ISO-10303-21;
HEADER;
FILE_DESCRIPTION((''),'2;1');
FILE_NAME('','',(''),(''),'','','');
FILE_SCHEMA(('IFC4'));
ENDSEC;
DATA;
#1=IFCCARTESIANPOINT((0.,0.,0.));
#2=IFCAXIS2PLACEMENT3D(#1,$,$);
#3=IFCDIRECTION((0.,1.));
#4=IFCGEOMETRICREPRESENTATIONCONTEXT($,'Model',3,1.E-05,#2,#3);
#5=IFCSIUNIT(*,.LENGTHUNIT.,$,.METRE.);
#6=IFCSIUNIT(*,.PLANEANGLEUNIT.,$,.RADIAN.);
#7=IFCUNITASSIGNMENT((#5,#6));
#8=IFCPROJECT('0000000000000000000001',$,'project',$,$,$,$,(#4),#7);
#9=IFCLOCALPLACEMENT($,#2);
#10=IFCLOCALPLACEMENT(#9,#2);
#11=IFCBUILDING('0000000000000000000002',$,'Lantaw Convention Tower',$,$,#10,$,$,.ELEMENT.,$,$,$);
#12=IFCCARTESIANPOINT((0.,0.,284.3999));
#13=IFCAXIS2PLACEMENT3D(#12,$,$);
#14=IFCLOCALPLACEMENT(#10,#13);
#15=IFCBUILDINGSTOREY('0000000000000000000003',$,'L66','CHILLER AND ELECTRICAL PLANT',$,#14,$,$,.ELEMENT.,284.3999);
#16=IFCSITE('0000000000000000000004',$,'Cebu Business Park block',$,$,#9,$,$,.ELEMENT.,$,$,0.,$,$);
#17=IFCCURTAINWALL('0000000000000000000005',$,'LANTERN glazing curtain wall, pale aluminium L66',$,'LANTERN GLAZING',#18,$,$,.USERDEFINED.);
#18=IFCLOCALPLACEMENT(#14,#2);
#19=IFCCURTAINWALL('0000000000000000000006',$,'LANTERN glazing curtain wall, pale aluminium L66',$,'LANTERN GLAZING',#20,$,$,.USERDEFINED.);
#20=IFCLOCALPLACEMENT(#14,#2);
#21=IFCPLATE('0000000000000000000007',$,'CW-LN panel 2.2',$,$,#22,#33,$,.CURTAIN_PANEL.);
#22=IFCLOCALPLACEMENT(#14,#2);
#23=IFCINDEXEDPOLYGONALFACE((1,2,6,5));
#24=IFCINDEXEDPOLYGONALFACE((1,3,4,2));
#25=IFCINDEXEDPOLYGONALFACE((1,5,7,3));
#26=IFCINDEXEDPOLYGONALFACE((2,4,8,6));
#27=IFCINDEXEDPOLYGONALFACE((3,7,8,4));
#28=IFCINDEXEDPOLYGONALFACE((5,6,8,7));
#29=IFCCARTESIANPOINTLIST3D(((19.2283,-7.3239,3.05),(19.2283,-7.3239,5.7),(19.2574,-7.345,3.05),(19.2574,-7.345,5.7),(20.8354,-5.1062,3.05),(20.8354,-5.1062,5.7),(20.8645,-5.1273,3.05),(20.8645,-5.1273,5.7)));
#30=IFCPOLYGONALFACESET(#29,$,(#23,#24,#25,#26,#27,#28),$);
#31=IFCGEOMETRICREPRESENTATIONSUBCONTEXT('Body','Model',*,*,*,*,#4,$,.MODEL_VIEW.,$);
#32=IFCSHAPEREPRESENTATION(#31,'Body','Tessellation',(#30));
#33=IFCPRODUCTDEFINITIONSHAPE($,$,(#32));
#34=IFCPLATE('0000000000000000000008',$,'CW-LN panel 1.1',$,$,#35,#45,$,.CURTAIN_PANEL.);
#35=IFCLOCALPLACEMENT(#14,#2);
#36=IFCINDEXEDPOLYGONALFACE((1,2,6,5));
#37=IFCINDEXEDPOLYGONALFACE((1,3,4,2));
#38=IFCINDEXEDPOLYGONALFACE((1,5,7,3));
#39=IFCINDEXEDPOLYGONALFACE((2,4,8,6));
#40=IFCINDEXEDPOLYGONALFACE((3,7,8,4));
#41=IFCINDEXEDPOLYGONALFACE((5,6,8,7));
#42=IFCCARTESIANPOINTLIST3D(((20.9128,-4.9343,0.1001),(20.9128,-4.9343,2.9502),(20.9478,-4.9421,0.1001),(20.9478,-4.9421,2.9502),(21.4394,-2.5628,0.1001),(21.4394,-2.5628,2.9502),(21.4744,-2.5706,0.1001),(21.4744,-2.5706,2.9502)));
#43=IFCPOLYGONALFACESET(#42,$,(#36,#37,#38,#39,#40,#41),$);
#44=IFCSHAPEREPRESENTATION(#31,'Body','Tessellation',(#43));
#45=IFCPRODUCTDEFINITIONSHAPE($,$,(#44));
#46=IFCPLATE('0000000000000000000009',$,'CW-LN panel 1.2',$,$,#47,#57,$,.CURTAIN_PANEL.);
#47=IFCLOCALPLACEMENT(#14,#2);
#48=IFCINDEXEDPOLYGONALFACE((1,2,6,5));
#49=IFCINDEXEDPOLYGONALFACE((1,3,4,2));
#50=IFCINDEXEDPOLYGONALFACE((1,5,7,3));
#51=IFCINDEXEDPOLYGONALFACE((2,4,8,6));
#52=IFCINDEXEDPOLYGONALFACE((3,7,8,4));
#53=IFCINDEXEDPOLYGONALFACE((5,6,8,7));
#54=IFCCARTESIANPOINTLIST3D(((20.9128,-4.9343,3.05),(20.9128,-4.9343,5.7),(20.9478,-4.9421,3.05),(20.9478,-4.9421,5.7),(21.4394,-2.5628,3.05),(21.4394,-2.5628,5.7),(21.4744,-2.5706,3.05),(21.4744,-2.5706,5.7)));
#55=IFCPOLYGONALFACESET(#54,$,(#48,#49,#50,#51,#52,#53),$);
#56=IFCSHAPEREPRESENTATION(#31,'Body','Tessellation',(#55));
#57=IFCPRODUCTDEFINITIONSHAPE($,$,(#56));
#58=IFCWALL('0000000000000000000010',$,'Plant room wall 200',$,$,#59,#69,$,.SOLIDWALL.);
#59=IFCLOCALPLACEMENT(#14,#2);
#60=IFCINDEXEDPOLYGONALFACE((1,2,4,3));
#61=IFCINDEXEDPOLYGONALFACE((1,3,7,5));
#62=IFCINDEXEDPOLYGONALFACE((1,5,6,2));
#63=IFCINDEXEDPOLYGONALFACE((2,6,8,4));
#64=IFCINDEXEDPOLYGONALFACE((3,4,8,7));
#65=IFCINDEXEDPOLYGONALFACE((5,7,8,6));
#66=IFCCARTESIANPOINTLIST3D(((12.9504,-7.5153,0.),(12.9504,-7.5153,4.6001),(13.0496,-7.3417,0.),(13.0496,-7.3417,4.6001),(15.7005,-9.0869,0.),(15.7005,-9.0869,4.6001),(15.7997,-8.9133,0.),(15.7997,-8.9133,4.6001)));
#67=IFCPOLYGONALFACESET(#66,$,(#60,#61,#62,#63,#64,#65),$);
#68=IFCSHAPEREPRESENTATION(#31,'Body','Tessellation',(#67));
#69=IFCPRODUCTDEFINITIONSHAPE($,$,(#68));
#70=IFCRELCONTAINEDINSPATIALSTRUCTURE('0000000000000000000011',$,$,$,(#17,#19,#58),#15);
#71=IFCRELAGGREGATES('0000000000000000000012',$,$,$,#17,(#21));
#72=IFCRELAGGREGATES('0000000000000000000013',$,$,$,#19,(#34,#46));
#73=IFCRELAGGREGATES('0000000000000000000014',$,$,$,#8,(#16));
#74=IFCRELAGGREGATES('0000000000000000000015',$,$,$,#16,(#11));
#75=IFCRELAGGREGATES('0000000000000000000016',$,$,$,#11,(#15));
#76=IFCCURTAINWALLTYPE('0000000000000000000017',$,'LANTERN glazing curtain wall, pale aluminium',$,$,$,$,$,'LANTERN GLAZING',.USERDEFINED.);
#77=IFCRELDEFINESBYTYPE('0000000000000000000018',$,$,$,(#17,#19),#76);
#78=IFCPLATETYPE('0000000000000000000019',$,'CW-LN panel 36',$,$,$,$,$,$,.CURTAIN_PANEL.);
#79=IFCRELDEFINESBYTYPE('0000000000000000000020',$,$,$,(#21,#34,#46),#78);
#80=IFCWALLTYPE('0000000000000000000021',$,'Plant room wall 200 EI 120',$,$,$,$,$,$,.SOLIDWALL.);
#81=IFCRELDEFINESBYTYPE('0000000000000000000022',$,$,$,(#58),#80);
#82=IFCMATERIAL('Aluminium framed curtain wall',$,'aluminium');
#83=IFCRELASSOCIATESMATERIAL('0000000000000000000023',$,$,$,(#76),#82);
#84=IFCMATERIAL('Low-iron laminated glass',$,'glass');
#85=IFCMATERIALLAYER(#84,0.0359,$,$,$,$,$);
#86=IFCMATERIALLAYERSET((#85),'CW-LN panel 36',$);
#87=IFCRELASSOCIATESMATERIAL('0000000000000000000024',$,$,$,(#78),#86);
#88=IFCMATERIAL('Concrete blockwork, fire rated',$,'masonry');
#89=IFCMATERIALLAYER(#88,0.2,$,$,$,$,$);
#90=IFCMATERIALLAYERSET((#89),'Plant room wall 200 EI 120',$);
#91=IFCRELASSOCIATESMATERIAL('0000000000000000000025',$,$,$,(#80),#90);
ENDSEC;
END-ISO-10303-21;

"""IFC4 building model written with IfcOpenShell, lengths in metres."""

from ifc_helpers import new_model, si_unit, direction, frame, frame_2d, origin, origin_2d, place, context, subcontext, project, spatial, rectangle, extrude, material, layer, layer_set, type_object, element, aggregate, save


model = new_model("IFC4")

# Units and contexts
model_context = context("Model", 3, precision=1e-05, world=origin(), true_north=direction((0.0, 1.0)))
body_context = subcontext(model_context, "Body", "Model", "MODEL_VIEW")
ifc_project = project(units=[si_unit("LENGTHUNIT", "METRE"), si_unit("PLANEANGLEUNIT", "RADIAN")], contexts=[model_context])

# Site, building, storey
site_placement = place(None, origin())
site = spatial("IfcSite", under=ifc_project, at=site_placement, Name="Cebu Business Park block", CompositionType="ELEMENT", RefElevation=0.0)
building_placement = place(site_placement, origin())
building = spatial("IfcBuilding", under=site, at=building_placement, Name="Lantaw Convention Tower", CompositionType="ELEMENT")
storey_placement = place(building_placement, frame((0.0, 0.0, 284.3999)))
storey = spatial("IfcBuildingStorey", under=building, at=storey_placement, Name="L66", Description="CHILLER AND ELECTRICAL PLANT", CompositionType="ELEMENT", Elevation=284.3999)

# Curtain walls
ifc_material_1 = material(Name="Aluminium framed curtain wall", Category="aluminium")
curtain_wall_type = type_object("IfcCurtainWallType", Name="LANTERN glazing curtain wall, pale aluminium", ElementType="LANTERN GLAZING", PredefinedType="USERDEFINED", material=ifc_material_1)
curtain_wall_1_placement = place(storey_placement, origin())
curtain_wall_1 = element("IfcCurtainWall", 1, at=curtain_wall_1_placement, inside=storey, type_object=curtain_wall_type, Name="LANTERN glazing curtain wall, pale aluminium L66", ObjectType="LANTERN GLAZING", PredefinedType="USERDEFINED")
curtain_wall_2_placement = place(storey_placement, origin())
curtain_wall_2 = element("IfcCurtainWall", 2, at=curtain_wall_2_placement, inside=storey, type_object=curtain_wall_type, Name="LANTERN glazing curtain wall, pale aluminium L66", ObjectType="LANTERN GLAZING", PredefinedType="USERDEFINED")

# Plates
ifc_material_2 = material(Name="Low-iron laminated glass", Category="glass")
ifc_layer_1 = layer(ifc_material_2, 0.0359)
ifc_layer_set_1 = layer_set([ifc_layer_1], Name="CW-LN panel 36")
plate_type = type_object("IfcPlateType", Name="CW-LN panel 36", PredefinedType="CURTAIN_PANEL", material=ifc_layer_set_1)
plate_1_placement = place(storey_placement, frame((20.0464, -6.2256, 3.05), z_axis=(0.0, 0.0, 1.0), x_axis=(0.586786, 0.809742, 0.0)))
plate_1 = element("IfcPlate", 3, at=plate_1_placement, type_object=plate_type, Name="CW-LN panel 2.2", PredefinedType="CURTAIN_PANEL", context=body_context, shape_type="SweptSolid", body=[
    extrude(rectangle(XDim=2.7388, YDim=0.0359, at=origin_2d()), origin(), (0.0, 0.0, 1.0), 2.6499),
])
aggregate(curtain_wall_1, [plate_1])
plate_2_placement = place(storey_placement, frame((21.1936, -3.7524, 0.1001), z_axis=(0.0, 0.0, 1.0), x_axis=(0.216765, 0.976224, 0.0)))
plate_2 = element("IfcPlate", 4, at=plate_2_placement, type_object=plate_type, Name="CW-LN panel 1.1", PredefinedType="CURTAIN_PANEL", context=body_context, shape_type="SweptSolid", body=[
    extrude(rectangle(XDim=2.4292, YDim=0.0359, at=origin_2d()), origin(), (0.0, 0.0, 1.0), 2.8501),
])
plate_3_placement = place(storey_placement, frame((21.1936, -3.7524, 3.05), z_axis=(0.0, 0.0, 1.0), x_axis=(0.216765, 0.976224, 0.0)))
plate_3 = element("IfcPlate", 5, at=plate_3_placement, type_object=plate_type, Name="CW-LN panel 1.2", PredefinedType="CURTAIN_PANEL", context=body_context, shape_type="SweptSolid", body=[
    extrude(rectangle(XDim=2.4292, YDim=0.0359, at=origin_2d()), origin(), (0.0, 0.0, 1.0), 2.6499),
])
aggregate(curtain_wall_2, [plate_2, plate_3])

# Wall
ifc_material_3 = material(Name="Concrete blockwork, fire rated", Category="masonry")
ifc_layer_2 = layer(ifc_material_3, 0.2)
ifc_layer_set_2 = layer_set([ifc_layer_2], Name="Plant room wall 200 EI 120")
wall_type = type_object("IfcWallType", Name="Plant room wall 200 EI 120", PredefinedType="SOLIDWALL", material=ifc_layer_set_2)
wall_placement = place(storey_placement, frame((13.0, -7.4285, 0.0), z_axis=(0.0, 0.0, 1.0), x_axis=(0.868229, -0.496164, 0.0)))
element("IfcWall", 6, at=wall_placement, inside=storey, type_object=wall_type, Name="Plant room wall 200", PredefinedType="SOLIDWALL", context=body_context, shape_type="SweptSolid", body=[
    extrude(rectangle(XDim=3.1675, YDim=0.2, at=frame_2d((1.5837, 0.0))), origin(), (0.0, 0.0, 1.0), 4.6001),
])

save(model, "model.ifc")
